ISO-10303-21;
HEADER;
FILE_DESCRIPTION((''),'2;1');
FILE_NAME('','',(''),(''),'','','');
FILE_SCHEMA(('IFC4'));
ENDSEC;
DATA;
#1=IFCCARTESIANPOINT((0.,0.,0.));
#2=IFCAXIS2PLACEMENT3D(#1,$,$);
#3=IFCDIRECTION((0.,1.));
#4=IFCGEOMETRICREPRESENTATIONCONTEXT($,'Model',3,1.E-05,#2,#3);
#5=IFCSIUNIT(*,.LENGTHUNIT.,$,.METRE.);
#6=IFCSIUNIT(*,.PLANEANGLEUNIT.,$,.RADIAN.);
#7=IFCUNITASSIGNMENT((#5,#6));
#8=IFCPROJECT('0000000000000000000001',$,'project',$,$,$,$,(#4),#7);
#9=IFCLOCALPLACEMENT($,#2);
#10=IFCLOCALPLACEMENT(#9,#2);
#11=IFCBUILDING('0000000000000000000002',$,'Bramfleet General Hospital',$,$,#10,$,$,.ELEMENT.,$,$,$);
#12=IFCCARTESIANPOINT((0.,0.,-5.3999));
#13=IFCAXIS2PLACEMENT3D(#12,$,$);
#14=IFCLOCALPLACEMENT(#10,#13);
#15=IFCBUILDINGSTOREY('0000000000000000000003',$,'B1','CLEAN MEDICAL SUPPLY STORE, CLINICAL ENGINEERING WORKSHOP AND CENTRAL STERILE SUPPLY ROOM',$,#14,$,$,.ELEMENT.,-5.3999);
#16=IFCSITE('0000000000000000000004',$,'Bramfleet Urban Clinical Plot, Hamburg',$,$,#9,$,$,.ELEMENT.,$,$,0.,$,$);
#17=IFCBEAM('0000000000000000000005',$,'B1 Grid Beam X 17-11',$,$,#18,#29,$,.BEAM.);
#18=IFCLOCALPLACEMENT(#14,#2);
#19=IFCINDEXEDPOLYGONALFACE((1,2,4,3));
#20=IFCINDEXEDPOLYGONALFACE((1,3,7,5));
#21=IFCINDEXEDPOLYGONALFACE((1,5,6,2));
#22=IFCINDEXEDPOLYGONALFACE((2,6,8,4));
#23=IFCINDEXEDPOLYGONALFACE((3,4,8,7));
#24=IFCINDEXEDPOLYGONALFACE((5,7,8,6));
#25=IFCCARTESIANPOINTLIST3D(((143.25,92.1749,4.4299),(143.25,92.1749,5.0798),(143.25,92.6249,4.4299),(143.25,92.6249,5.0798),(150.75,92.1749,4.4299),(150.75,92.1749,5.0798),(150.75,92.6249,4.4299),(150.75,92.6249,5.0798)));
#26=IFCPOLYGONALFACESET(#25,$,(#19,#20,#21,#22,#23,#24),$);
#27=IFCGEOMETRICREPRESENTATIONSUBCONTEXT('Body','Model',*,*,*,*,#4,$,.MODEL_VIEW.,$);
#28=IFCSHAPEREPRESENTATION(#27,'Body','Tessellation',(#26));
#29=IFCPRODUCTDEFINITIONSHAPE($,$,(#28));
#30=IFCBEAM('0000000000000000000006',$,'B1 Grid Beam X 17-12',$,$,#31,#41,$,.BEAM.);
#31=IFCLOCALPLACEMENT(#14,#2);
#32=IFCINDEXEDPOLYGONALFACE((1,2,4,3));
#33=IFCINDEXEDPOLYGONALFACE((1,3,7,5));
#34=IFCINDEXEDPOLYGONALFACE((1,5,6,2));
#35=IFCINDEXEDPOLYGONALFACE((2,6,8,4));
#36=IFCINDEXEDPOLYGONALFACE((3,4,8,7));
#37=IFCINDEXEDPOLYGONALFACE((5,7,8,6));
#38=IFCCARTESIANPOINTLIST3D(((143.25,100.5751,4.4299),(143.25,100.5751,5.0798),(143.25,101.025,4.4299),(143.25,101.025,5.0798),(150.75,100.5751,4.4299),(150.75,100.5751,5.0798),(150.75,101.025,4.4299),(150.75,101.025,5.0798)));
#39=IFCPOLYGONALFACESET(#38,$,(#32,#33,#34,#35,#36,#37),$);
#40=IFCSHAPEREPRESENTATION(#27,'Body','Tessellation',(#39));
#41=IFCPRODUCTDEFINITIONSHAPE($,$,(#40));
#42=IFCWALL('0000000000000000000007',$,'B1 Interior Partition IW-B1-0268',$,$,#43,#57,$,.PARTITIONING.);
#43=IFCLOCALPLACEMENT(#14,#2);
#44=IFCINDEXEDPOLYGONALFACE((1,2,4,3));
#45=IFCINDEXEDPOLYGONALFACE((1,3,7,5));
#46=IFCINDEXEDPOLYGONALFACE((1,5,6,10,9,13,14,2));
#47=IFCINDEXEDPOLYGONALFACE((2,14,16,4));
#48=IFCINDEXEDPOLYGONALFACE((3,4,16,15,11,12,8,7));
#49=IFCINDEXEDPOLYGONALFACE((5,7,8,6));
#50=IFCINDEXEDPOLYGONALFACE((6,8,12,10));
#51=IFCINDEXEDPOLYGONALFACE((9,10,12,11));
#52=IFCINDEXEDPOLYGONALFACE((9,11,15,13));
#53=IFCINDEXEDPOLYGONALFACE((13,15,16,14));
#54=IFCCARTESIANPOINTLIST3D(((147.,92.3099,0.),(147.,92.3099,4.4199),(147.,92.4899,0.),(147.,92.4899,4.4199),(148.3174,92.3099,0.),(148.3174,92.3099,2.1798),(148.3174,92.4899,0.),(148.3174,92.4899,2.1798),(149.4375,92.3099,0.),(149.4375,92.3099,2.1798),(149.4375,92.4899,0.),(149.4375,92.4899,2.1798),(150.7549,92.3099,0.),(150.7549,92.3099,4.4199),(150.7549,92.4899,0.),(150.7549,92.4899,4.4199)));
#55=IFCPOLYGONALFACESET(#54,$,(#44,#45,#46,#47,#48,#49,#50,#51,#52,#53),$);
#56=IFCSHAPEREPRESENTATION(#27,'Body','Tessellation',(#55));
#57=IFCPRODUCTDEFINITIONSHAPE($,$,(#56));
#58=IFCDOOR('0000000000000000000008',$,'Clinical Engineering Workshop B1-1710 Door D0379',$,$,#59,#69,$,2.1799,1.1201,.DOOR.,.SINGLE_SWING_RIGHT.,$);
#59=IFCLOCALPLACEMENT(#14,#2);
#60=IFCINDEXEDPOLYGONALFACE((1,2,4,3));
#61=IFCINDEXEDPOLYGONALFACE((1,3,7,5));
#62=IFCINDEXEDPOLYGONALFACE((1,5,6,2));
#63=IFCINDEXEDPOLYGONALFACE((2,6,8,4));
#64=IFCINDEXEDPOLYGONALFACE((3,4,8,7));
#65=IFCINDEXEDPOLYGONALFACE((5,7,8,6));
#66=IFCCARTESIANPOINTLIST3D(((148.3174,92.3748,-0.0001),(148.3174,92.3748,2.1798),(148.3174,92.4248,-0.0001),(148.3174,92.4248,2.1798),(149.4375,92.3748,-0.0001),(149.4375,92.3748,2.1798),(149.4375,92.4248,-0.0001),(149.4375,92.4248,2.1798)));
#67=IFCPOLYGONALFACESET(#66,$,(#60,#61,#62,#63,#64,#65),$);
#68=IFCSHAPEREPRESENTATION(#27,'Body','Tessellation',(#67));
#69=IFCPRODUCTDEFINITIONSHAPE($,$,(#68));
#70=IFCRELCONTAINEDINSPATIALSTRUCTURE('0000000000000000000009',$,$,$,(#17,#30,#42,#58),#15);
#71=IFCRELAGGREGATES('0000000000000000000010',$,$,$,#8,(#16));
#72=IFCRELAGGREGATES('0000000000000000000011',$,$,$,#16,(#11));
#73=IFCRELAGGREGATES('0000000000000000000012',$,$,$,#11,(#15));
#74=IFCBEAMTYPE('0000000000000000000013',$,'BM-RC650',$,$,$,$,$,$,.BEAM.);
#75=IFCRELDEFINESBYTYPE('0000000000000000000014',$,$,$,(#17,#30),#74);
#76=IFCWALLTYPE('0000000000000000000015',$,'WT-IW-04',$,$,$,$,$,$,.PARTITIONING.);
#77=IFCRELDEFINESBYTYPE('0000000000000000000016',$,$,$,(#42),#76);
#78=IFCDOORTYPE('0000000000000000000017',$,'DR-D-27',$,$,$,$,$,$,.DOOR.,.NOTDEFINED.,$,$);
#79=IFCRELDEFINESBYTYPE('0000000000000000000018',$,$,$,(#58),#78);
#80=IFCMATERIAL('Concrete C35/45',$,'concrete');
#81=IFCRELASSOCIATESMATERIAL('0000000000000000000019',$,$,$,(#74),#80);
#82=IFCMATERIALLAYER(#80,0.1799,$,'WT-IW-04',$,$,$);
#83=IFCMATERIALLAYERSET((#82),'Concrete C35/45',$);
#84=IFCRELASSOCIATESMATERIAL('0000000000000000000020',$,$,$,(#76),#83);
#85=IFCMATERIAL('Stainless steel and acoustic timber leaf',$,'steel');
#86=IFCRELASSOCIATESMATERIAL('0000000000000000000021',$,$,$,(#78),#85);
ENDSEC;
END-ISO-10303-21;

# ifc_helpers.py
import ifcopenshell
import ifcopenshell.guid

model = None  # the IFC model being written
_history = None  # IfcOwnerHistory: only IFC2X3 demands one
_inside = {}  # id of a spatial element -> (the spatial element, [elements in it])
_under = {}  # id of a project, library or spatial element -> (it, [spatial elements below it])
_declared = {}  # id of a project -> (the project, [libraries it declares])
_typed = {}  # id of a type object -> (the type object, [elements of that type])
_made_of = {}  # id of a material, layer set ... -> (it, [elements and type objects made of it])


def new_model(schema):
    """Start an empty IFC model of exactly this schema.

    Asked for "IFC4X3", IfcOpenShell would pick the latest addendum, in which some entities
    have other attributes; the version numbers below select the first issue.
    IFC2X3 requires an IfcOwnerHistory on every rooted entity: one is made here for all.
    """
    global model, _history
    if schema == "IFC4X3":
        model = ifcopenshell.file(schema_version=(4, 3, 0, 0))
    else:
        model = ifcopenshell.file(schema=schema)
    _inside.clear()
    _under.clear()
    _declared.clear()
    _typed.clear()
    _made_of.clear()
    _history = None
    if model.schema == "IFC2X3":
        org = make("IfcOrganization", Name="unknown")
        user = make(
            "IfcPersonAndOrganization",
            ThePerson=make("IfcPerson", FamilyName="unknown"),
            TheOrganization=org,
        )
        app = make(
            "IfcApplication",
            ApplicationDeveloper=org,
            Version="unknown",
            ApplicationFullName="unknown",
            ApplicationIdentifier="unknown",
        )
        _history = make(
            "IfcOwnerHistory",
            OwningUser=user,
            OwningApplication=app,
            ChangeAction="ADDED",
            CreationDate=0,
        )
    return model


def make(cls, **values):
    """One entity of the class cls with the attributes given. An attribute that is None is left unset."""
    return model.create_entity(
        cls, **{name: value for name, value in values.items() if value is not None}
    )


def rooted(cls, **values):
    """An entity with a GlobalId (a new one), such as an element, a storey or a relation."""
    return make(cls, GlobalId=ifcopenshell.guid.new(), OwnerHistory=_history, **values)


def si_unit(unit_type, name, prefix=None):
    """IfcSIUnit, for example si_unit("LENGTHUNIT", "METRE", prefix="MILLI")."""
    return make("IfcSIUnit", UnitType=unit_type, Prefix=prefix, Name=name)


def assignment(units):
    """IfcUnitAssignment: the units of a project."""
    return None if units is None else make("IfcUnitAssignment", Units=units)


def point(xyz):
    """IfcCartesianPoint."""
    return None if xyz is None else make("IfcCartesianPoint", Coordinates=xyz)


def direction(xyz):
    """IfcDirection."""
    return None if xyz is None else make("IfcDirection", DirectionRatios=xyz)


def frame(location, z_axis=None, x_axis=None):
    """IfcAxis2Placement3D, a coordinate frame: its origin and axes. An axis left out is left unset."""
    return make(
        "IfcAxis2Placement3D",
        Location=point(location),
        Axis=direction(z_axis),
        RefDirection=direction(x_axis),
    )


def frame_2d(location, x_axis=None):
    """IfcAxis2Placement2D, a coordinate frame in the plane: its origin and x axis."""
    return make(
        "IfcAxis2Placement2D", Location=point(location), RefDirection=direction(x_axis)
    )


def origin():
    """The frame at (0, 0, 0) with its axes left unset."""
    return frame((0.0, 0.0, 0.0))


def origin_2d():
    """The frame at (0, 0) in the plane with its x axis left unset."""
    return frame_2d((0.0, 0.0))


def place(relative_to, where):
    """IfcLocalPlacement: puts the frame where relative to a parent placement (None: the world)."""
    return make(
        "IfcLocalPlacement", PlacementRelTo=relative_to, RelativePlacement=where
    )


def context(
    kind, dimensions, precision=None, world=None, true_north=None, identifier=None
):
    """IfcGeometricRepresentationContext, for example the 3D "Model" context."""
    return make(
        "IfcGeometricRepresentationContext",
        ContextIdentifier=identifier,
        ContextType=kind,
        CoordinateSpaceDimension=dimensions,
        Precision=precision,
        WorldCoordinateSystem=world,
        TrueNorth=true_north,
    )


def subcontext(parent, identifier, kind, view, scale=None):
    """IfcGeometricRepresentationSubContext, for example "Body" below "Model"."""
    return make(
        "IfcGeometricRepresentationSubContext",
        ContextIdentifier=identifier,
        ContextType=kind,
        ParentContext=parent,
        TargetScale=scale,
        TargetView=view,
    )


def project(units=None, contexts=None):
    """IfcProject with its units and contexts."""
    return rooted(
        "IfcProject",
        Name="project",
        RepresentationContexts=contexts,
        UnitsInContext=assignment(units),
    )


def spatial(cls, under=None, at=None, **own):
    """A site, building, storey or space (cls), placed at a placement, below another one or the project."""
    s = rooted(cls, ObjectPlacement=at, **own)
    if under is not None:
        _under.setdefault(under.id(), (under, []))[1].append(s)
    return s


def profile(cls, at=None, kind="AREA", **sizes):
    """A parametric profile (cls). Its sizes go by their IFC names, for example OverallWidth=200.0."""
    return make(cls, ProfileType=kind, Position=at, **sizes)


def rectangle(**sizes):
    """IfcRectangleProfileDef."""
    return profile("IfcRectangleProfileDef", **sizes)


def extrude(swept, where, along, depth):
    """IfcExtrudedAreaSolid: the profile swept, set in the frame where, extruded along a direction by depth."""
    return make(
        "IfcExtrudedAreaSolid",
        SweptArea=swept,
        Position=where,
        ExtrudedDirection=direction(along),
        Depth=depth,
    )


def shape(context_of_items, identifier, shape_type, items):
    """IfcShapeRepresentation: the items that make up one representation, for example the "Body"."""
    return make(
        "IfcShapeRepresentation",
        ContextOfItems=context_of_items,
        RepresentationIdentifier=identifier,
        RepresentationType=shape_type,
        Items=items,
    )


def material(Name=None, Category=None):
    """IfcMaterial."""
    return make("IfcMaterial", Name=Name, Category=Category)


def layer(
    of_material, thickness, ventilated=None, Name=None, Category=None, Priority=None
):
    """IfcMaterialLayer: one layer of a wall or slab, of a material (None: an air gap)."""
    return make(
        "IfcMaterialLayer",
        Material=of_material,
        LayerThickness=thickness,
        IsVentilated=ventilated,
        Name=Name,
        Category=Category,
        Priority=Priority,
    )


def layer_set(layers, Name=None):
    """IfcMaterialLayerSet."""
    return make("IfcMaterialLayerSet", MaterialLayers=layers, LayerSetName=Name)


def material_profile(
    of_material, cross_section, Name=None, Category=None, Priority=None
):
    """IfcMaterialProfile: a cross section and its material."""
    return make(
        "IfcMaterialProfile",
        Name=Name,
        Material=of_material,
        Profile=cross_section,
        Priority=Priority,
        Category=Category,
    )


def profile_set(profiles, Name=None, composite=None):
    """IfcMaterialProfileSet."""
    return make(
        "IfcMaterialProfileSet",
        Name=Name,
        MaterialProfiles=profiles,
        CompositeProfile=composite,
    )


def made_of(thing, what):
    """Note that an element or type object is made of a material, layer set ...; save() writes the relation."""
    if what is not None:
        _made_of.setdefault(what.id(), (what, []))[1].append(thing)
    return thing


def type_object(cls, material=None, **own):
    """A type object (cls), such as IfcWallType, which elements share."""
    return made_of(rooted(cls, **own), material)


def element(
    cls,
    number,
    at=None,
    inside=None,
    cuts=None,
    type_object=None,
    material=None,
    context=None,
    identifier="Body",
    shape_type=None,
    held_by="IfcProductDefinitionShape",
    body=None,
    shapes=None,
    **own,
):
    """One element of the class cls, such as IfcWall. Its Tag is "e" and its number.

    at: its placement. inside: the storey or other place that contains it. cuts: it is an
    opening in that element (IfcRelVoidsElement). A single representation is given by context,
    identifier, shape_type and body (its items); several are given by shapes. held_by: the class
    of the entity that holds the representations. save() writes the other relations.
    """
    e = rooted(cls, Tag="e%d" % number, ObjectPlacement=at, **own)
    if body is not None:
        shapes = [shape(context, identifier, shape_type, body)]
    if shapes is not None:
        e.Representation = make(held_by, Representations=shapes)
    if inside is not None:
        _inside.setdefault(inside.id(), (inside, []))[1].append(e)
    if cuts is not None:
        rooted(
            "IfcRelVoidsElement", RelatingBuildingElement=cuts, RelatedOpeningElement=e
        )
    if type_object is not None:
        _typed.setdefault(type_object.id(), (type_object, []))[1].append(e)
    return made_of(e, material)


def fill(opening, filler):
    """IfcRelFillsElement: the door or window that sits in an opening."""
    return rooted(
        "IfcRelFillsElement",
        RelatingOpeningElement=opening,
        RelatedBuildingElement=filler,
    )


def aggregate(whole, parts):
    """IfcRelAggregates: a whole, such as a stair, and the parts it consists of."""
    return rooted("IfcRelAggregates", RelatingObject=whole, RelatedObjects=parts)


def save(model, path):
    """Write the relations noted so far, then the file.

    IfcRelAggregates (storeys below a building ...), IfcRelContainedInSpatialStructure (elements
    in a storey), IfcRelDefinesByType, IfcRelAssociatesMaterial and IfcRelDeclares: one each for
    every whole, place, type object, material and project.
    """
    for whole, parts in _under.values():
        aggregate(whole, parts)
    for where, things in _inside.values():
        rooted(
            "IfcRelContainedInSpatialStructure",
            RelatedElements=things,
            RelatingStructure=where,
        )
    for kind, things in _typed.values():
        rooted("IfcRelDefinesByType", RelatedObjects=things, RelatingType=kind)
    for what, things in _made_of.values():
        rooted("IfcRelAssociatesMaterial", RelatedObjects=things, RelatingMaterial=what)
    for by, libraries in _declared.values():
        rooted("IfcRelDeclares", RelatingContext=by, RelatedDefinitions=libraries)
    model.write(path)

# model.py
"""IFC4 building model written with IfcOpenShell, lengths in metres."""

from ifc_helpers import new_model, si_unit, direction, frame, frame_2d, origin, origin_2d, place, context, subcontext, project, spatial, rectangle, extrude, material, layer, layer_set, material_profile, profile_set, type_object, element, fill, save


model = new_model("IFC4")

# Units and contexts
model_context = context("Model", 3, precision=1e-05, world=origin(), true_north=direction((0.0, 1.0)))
body_context = subcontext(model_context, "Body", "Model", "MODEL_VIEW")
ifc_project = project(units=[si_unit("LENGTHUNIT", "METRE"), si_unit("PLANEANGLEUNIT", "RADIAN")], contexts=[model_context])

# Site, building, storey
site_placement = place(None, origin())
site = spatial("IfcSite", under=ifc_project, at=site_placement, Name="Bramfleet Urban Clinical Plot, Hamburg", CompositionType="ELEMENT", RefElevation=0.0)
building_placement = place(site_placement, origin())
building = spatial("IfcBuilding", under=site, at=building_placement, Name="Bramfleet General Hospital", CompositionType="ELEMENT")
storey_placement = place(building_placement, frame((0.0, 0.0, -5.3999)))
storey = spatial("IfcBuildingStorey", under=building, at=storey_placement, Name="B1", Description="CLEAN MEDICAL SUPPLY STORE, CLINICAL ENGINEERING WORKSHOP AND CENTRAL STERILE SUPPLY ROOM", CompositionType="ELEMENT", Elevation=-5.3999)

# Shared definitions
ifc_material_1 = material(Name="Concrete C35/45", Category="concrete")

# Beams
ifc_material_profile_1 = material_profile(ifc_material_1, rectangle(XDim=0.45, YDim=0.6499, at=origin_2d()), Name="RC BM 650x450")
ifc_profile_set_1 = profile_set([ifc_material_profile_1], Name="Concrete C35/45")
beam_type_1 = type_object("IfcBeamType", Name="BM-RC650", PredefinedType="BEAM", material=ifc_profile_set_1)
for number, where, z_axis, x_axis, name in (
    (1, (143.25, 92.3999, 4.7549), (1.0, 0.0, 0.0), (0.0, 1.0, 0.0), "B1 Grid Beam X 17-11"),
    (2, (143.25, 100.8, 4.7549), (1.0, 0.0, 0.0), (0.0, 1.0, 0.0), "B1 Grid Beam X 17-12"),
):
    element("IfcBeam", number, at=place(storey_placement, frame(where, z_axis=z_axis, x_axis=x_axis)), inside=storey, type_object=beam_type_1, Name=name, PredefinedType="BEAM", context=body_context, shape_type="SweptSolid", body=[
        extrude(rectangle(XDim=0.45, YDim=0.6499, at=origin_2d()), origin(), (0.0, 0.0, 1.0), 7.5),
    ])

# Wall, opening, door
ifc_material_2 = material(Name="Stainless steel and acoustic timber leaf", Category="steel")
ifc_layer_1 = layer(ifc_material_1, 0.1799, Name="WT-IW-04")
ifc_layer_set_1 = layer_set([ifc_layer_1], Name="Concrete C35/45")
wall_type_1 = type_object("IfcWallType", Name="WT-IW-04", PredefinedType="PARTITIONING", material=ifc_layer_set_1)
wall_1_placement = place(storey_placement, frame((147.0, 92.3999, 0.0), z_axis=(0.0, 0.0, 1.0), x_axis=(1.0, 0.0, 0.0)))
wall_1 = element("IfcWall", 3, at=wall_1_placement, inside=storey, type_object=wall_type_1, Name="B1 Interior Partition IW-B1-0268", PredefinedType="PARTITIONING", context=body_context, shape_type="SweptSolid", body=[
    extrude(rectangle(XDim=3.7549, YDim=0.1799, at=frame_2d((1.8774, 0.0))), origin(), (0.0, 0.0, 1.0), 4.4199),
])
opening_1_placement = place(wall_1_placement, frame((1.3174, 0.0, 0.0)))
opening_1 = element("IfcOpeningElement", 4, at=opening_1_placement, cuts=wall_1, PredefinedType="OPENING", context=body_context, shape_type="SweptSolid", body=[
    extrude(rectangle(XDim=1.1201, YDim=2.1799, at=frame_2d((0.5601, 1.0898))), frame((0.0, 0.0999, 0.0), z_axis=(0.0, -1.0, 0.0), x_axis=(1.0, 0.0, 0.0)), (0.0, 0.0, 1.0), 0.2),
])
door_type_1 = type_object("IfcDoorType", Name="DR-D-27", OperationType="NOTDEFINED", PredefinedType="DOOR", material=ifc_material_2)
door_1_placement = place(opening_1_placement, origin())
door_1 = element("IfcDoor", 5, at=door_1_placement, inside=storey, type_object=door_type_1, Name="Clinical Engineering Workshop B1-1710 Door D0379", OperationType="SINGLE_SWING_RIGHT", OverallHeight=2.1799, OverallWidth=1.1201, PredefinedType="DOOR", context=body_context, shape_type="SweptSolid", body=[
    extrude(rectangle(XDim=1.1201, YDim=2.1799, at=frame_2d((0.5601, 1.0898))), frame((0.0, 0.0249, 0.0), z_axis=(0.0, -1.0, 0.0), x_axis=(1.0, 0.0, 0.0)), (0.0, 0.0, 1.0), 0.05),
])
fill(opening_1, door_1)

save(model, "model.ifc")
